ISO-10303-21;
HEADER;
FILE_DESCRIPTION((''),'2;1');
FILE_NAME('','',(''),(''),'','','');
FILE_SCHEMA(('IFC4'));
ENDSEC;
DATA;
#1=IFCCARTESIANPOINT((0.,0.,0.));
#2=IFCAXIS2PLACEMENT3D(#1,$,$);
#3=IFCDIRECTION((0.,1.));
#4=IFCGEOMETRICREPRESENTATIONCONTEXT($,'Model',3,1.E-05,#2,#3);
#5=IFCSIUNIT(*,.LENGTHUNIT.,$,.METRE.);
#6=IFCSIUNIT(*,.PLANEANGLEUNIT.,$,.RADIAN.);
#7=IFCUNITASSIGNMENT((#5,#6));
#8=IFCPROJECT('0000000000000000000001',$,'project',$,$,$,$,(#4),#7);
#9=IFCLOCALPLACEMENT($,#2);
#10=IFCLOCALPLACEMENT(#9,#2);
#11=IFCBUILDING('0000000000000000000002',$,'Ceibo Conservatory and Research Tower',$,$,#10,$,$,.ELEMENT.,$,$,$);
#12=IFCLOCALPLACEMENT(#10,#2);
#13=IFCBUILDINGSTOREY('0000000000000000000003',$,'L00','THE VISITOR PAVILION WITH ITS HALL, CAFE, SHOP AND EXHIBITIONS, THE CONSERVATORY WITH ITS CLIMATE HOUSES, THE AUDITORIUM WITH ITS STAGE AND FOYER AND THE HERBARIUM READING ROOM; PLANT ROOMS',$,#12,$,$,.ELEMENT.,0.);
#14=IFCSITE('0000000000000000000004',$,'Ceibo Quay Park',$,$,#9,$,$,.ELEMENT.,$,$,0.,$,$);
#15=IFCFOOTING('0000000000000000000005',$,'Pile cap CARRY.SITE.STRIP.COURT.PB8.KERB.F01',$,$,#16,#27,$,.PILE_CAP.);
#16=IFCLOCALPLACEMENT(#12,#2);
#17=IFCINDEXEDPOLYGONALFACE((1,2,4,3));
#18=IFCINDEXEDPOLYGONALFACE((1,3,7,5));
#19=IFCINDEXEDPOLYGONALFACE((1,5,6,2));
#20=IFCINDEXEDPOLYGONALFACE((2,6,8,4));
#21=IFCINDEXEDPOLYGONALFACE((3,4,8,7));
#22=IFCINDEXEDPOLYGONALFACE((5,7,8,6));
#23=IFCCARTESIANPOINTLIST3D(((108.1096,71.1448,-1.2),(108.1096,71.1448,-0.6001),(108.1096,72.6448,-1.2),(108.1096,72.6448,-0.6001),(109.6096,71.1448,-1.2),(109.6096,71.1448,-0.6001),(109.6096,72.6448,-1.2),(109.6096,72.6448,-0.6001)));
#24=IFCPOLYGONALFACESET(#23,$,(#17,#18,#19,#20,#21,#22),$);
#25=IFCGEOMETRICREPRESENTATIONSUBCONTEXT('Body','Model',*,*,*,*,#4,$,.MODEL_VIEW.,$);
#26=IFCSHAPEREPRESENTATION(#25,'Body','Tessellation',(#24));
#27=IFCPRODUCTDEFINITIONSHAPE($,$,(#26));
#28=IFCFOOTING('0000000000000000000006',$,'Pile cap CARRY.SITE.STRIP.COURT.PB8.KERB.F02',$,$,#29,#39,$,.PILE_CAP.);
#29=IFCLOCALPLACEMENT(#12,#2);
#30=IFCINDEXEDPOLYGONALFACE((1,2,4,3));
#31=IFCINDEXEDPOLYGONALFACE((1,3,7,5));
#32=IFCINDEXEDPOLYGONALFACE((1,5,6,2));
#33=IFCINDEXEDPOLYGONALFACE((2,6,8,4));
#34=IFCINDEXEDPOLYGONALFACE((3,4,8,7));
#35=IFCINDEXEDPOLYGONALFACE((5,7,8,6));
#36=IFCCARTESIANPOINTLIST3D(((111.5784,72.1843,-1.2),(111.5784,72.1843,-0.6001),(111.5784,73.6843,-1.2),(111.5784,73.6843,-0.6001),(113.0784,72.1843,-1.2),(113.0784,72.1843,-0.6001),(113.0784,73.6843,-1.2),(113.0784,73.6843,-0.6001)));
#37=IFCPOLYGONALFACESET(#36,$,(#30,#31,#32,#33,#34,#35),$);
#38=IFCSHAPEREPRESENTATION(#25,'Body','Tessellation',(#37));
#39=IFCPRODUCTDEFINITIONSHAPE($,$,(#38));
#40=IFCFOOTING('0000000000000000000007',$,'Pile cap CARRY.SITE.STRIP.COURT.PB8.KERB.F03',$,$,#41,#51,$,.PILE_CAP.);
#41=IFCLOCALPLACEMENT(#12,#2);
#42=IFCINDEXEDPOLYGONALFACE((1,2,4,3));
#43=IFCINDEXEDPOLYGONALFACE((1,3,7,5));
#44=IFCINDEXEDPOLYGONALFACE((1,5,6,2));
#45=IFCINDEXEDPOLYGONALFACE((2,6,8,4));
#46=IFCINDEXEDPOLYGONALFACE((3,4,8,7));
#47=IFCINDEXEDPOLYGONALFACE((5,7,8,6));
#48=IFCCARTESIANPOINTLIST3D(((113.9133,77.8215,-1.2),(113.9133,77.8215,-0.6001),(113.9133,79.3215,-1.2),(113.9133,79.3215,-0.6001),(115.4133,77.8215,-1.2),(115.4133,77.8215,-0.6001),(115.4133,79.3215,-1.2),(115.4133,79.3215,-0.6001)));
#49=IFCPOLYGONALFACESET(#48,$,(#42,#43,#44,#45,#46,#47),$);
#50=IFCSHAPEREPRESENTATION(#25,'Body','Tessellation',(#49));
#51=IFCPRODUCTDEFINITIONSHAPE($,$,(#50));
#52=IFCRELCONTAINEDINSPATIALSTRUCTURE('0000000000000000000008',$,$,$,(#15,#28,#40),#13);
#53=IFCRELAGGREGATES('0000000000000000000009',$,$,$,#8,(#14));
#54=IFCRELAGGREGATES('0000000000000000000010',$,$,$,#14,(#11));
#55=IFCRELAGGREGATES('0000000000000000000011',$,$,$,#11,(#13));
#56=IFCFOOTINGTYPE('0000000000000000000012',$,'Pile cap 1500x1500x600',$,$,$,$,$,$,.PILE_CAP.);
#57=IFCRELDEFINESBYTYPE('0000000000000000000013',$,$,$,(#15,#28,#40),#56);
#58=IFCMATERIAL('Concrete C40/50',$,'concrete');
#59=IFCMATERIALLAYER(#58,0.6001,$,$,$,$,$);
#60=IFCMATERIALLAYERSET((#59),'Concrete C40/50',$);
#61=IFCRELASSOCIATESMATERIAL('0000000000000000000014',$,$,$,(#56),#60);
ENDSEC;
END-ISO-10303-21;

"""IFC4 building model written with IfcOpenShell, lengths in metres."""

from ifc_helpers import new_model, si_unit, direction, frame, origin, place, context, subcontext, project, spatial, polyline, outline, extrude, material, layer, layer_set, type_object, element, save


model = new_model("IFC4")

# Units and contexts
model_context = context("Model", 3, precision=1e-05, world=origin(), true_north=direction((0.0, 1.0)))
body_context = subcontext(model_context, "Body", "Model", "MODEL_VIEW")
ifc_project = project(units=[si_unit("LENGTHUNIT", "METRE"), si_unit("PLANEANGLEUNIT", "RADIAN")], contexts=[model_context])

# Site, building, storey
site_placement = place(None, origin())
site = spatial("IfcSite", under=ifc_project, at=site_placement, Name="Ceibo Quay Park", CompositionType="ELEMENT", RefElevation=0.0)
building_placement = place(site_placement, origin())
building = spatial("IfcBuilding", under=site, at=building_placement, Name="Ceibo Conservatory and Research Tower", CompositionType="ELEMENT")
storey_placement = place(building_placement, origin())
storey = spatial("IfcBuildingStorey", under=building, at=storey_placement, Name="L00", Description="THE VISITOR PAVILION WITH ITS HALL, CAFE, SHOP AND EXHIBITIONS, THE CONSERVATORY WITH ITS CLIMATE HOUSES, THE AUDITORIUM WITH ITS STAGE AND FOYER AND THE HERBARIUM READING ROOM; PLANT ROOMS", CompositionType="ELEMENT", Elevation=0.0)

# Footings
ifc_material = material(Name="Concrete C40/50", Category="concrete")
ifc_layer = layer(ifc_material, 0.6001)
ifc_layer_set = layer_set([ifc_layer], Name="Concrete C40/50")
footing_type = type_object("IfcFootingType", Name="Pile cap 1500x1500x600", PredefinedType="PILE_CAP", material=ifc_layer_set)
footing_1_placement = place(storey_placement, frame((0.0, 0.0, -1.2)))
element("IfcFooting", 1, at=footing_1_placement, inside=storey, type_object=footing_type, Name="Pile cap CARRY.SITE.STRIP.COURT.PB8.KERB.F01", PredefinedType="PILE_CAP", context=body_context, shape_type="SweptSolid", body=[
    extrude(outline(polyline([(109.6096, 71.1448), (109.6096, 72.6448), (108.1096, 72.6448), (108.1096, 71.1448), (109.6096, 71.1448)])), origin(), (0.0, 0.0, 1.0), 0.5999),
])
footing_2_placement = place(storey_placement, frame((0.0, 0.0, -1.2)))
element("IfcFooting", 2, at=footing_2_placement, inside=storey, type_object=footing_type, Name="Pile cap CARRY.SITE.STRIP.COURT.PB8.KERB.F02", PredefinedType="PILE_CAP", context=body_context, shape_type="SweptSolid", body=[
    extrude(outline(polyline([(113.0784, 72.1843), (113.0784, 73.6843), (111.5784, 73.6843), (111.5784, 72.1843), (113.0784, 72.1843)])), origin(), (0.0, 0.0, 1.0), 0.5999),
])
footing_3_placement = place(storey_placement, frame((0.0, 0.0, -1.2)))
element("IfcFooting", 3, at=footing_3_placement, inside=storey, type_object=footing_type, Name="Pile cap CARRY.SITE.STRIP.COURT.PB8.KERB.F03", PredefinedType="PILE_CAP", context=body_context, shape_type="SweptSolid", body=[
    extrude(outline(polyline([(115.4133, 77.8215), (115.4133, 79.3215), (113.9133, 79.3215), (113.9133, 77.8215), (115.4133, 77.8215)])), origin(), (0.0, 0.0, 1.0), 0.5999),
])

save(model, "model.ifc")
